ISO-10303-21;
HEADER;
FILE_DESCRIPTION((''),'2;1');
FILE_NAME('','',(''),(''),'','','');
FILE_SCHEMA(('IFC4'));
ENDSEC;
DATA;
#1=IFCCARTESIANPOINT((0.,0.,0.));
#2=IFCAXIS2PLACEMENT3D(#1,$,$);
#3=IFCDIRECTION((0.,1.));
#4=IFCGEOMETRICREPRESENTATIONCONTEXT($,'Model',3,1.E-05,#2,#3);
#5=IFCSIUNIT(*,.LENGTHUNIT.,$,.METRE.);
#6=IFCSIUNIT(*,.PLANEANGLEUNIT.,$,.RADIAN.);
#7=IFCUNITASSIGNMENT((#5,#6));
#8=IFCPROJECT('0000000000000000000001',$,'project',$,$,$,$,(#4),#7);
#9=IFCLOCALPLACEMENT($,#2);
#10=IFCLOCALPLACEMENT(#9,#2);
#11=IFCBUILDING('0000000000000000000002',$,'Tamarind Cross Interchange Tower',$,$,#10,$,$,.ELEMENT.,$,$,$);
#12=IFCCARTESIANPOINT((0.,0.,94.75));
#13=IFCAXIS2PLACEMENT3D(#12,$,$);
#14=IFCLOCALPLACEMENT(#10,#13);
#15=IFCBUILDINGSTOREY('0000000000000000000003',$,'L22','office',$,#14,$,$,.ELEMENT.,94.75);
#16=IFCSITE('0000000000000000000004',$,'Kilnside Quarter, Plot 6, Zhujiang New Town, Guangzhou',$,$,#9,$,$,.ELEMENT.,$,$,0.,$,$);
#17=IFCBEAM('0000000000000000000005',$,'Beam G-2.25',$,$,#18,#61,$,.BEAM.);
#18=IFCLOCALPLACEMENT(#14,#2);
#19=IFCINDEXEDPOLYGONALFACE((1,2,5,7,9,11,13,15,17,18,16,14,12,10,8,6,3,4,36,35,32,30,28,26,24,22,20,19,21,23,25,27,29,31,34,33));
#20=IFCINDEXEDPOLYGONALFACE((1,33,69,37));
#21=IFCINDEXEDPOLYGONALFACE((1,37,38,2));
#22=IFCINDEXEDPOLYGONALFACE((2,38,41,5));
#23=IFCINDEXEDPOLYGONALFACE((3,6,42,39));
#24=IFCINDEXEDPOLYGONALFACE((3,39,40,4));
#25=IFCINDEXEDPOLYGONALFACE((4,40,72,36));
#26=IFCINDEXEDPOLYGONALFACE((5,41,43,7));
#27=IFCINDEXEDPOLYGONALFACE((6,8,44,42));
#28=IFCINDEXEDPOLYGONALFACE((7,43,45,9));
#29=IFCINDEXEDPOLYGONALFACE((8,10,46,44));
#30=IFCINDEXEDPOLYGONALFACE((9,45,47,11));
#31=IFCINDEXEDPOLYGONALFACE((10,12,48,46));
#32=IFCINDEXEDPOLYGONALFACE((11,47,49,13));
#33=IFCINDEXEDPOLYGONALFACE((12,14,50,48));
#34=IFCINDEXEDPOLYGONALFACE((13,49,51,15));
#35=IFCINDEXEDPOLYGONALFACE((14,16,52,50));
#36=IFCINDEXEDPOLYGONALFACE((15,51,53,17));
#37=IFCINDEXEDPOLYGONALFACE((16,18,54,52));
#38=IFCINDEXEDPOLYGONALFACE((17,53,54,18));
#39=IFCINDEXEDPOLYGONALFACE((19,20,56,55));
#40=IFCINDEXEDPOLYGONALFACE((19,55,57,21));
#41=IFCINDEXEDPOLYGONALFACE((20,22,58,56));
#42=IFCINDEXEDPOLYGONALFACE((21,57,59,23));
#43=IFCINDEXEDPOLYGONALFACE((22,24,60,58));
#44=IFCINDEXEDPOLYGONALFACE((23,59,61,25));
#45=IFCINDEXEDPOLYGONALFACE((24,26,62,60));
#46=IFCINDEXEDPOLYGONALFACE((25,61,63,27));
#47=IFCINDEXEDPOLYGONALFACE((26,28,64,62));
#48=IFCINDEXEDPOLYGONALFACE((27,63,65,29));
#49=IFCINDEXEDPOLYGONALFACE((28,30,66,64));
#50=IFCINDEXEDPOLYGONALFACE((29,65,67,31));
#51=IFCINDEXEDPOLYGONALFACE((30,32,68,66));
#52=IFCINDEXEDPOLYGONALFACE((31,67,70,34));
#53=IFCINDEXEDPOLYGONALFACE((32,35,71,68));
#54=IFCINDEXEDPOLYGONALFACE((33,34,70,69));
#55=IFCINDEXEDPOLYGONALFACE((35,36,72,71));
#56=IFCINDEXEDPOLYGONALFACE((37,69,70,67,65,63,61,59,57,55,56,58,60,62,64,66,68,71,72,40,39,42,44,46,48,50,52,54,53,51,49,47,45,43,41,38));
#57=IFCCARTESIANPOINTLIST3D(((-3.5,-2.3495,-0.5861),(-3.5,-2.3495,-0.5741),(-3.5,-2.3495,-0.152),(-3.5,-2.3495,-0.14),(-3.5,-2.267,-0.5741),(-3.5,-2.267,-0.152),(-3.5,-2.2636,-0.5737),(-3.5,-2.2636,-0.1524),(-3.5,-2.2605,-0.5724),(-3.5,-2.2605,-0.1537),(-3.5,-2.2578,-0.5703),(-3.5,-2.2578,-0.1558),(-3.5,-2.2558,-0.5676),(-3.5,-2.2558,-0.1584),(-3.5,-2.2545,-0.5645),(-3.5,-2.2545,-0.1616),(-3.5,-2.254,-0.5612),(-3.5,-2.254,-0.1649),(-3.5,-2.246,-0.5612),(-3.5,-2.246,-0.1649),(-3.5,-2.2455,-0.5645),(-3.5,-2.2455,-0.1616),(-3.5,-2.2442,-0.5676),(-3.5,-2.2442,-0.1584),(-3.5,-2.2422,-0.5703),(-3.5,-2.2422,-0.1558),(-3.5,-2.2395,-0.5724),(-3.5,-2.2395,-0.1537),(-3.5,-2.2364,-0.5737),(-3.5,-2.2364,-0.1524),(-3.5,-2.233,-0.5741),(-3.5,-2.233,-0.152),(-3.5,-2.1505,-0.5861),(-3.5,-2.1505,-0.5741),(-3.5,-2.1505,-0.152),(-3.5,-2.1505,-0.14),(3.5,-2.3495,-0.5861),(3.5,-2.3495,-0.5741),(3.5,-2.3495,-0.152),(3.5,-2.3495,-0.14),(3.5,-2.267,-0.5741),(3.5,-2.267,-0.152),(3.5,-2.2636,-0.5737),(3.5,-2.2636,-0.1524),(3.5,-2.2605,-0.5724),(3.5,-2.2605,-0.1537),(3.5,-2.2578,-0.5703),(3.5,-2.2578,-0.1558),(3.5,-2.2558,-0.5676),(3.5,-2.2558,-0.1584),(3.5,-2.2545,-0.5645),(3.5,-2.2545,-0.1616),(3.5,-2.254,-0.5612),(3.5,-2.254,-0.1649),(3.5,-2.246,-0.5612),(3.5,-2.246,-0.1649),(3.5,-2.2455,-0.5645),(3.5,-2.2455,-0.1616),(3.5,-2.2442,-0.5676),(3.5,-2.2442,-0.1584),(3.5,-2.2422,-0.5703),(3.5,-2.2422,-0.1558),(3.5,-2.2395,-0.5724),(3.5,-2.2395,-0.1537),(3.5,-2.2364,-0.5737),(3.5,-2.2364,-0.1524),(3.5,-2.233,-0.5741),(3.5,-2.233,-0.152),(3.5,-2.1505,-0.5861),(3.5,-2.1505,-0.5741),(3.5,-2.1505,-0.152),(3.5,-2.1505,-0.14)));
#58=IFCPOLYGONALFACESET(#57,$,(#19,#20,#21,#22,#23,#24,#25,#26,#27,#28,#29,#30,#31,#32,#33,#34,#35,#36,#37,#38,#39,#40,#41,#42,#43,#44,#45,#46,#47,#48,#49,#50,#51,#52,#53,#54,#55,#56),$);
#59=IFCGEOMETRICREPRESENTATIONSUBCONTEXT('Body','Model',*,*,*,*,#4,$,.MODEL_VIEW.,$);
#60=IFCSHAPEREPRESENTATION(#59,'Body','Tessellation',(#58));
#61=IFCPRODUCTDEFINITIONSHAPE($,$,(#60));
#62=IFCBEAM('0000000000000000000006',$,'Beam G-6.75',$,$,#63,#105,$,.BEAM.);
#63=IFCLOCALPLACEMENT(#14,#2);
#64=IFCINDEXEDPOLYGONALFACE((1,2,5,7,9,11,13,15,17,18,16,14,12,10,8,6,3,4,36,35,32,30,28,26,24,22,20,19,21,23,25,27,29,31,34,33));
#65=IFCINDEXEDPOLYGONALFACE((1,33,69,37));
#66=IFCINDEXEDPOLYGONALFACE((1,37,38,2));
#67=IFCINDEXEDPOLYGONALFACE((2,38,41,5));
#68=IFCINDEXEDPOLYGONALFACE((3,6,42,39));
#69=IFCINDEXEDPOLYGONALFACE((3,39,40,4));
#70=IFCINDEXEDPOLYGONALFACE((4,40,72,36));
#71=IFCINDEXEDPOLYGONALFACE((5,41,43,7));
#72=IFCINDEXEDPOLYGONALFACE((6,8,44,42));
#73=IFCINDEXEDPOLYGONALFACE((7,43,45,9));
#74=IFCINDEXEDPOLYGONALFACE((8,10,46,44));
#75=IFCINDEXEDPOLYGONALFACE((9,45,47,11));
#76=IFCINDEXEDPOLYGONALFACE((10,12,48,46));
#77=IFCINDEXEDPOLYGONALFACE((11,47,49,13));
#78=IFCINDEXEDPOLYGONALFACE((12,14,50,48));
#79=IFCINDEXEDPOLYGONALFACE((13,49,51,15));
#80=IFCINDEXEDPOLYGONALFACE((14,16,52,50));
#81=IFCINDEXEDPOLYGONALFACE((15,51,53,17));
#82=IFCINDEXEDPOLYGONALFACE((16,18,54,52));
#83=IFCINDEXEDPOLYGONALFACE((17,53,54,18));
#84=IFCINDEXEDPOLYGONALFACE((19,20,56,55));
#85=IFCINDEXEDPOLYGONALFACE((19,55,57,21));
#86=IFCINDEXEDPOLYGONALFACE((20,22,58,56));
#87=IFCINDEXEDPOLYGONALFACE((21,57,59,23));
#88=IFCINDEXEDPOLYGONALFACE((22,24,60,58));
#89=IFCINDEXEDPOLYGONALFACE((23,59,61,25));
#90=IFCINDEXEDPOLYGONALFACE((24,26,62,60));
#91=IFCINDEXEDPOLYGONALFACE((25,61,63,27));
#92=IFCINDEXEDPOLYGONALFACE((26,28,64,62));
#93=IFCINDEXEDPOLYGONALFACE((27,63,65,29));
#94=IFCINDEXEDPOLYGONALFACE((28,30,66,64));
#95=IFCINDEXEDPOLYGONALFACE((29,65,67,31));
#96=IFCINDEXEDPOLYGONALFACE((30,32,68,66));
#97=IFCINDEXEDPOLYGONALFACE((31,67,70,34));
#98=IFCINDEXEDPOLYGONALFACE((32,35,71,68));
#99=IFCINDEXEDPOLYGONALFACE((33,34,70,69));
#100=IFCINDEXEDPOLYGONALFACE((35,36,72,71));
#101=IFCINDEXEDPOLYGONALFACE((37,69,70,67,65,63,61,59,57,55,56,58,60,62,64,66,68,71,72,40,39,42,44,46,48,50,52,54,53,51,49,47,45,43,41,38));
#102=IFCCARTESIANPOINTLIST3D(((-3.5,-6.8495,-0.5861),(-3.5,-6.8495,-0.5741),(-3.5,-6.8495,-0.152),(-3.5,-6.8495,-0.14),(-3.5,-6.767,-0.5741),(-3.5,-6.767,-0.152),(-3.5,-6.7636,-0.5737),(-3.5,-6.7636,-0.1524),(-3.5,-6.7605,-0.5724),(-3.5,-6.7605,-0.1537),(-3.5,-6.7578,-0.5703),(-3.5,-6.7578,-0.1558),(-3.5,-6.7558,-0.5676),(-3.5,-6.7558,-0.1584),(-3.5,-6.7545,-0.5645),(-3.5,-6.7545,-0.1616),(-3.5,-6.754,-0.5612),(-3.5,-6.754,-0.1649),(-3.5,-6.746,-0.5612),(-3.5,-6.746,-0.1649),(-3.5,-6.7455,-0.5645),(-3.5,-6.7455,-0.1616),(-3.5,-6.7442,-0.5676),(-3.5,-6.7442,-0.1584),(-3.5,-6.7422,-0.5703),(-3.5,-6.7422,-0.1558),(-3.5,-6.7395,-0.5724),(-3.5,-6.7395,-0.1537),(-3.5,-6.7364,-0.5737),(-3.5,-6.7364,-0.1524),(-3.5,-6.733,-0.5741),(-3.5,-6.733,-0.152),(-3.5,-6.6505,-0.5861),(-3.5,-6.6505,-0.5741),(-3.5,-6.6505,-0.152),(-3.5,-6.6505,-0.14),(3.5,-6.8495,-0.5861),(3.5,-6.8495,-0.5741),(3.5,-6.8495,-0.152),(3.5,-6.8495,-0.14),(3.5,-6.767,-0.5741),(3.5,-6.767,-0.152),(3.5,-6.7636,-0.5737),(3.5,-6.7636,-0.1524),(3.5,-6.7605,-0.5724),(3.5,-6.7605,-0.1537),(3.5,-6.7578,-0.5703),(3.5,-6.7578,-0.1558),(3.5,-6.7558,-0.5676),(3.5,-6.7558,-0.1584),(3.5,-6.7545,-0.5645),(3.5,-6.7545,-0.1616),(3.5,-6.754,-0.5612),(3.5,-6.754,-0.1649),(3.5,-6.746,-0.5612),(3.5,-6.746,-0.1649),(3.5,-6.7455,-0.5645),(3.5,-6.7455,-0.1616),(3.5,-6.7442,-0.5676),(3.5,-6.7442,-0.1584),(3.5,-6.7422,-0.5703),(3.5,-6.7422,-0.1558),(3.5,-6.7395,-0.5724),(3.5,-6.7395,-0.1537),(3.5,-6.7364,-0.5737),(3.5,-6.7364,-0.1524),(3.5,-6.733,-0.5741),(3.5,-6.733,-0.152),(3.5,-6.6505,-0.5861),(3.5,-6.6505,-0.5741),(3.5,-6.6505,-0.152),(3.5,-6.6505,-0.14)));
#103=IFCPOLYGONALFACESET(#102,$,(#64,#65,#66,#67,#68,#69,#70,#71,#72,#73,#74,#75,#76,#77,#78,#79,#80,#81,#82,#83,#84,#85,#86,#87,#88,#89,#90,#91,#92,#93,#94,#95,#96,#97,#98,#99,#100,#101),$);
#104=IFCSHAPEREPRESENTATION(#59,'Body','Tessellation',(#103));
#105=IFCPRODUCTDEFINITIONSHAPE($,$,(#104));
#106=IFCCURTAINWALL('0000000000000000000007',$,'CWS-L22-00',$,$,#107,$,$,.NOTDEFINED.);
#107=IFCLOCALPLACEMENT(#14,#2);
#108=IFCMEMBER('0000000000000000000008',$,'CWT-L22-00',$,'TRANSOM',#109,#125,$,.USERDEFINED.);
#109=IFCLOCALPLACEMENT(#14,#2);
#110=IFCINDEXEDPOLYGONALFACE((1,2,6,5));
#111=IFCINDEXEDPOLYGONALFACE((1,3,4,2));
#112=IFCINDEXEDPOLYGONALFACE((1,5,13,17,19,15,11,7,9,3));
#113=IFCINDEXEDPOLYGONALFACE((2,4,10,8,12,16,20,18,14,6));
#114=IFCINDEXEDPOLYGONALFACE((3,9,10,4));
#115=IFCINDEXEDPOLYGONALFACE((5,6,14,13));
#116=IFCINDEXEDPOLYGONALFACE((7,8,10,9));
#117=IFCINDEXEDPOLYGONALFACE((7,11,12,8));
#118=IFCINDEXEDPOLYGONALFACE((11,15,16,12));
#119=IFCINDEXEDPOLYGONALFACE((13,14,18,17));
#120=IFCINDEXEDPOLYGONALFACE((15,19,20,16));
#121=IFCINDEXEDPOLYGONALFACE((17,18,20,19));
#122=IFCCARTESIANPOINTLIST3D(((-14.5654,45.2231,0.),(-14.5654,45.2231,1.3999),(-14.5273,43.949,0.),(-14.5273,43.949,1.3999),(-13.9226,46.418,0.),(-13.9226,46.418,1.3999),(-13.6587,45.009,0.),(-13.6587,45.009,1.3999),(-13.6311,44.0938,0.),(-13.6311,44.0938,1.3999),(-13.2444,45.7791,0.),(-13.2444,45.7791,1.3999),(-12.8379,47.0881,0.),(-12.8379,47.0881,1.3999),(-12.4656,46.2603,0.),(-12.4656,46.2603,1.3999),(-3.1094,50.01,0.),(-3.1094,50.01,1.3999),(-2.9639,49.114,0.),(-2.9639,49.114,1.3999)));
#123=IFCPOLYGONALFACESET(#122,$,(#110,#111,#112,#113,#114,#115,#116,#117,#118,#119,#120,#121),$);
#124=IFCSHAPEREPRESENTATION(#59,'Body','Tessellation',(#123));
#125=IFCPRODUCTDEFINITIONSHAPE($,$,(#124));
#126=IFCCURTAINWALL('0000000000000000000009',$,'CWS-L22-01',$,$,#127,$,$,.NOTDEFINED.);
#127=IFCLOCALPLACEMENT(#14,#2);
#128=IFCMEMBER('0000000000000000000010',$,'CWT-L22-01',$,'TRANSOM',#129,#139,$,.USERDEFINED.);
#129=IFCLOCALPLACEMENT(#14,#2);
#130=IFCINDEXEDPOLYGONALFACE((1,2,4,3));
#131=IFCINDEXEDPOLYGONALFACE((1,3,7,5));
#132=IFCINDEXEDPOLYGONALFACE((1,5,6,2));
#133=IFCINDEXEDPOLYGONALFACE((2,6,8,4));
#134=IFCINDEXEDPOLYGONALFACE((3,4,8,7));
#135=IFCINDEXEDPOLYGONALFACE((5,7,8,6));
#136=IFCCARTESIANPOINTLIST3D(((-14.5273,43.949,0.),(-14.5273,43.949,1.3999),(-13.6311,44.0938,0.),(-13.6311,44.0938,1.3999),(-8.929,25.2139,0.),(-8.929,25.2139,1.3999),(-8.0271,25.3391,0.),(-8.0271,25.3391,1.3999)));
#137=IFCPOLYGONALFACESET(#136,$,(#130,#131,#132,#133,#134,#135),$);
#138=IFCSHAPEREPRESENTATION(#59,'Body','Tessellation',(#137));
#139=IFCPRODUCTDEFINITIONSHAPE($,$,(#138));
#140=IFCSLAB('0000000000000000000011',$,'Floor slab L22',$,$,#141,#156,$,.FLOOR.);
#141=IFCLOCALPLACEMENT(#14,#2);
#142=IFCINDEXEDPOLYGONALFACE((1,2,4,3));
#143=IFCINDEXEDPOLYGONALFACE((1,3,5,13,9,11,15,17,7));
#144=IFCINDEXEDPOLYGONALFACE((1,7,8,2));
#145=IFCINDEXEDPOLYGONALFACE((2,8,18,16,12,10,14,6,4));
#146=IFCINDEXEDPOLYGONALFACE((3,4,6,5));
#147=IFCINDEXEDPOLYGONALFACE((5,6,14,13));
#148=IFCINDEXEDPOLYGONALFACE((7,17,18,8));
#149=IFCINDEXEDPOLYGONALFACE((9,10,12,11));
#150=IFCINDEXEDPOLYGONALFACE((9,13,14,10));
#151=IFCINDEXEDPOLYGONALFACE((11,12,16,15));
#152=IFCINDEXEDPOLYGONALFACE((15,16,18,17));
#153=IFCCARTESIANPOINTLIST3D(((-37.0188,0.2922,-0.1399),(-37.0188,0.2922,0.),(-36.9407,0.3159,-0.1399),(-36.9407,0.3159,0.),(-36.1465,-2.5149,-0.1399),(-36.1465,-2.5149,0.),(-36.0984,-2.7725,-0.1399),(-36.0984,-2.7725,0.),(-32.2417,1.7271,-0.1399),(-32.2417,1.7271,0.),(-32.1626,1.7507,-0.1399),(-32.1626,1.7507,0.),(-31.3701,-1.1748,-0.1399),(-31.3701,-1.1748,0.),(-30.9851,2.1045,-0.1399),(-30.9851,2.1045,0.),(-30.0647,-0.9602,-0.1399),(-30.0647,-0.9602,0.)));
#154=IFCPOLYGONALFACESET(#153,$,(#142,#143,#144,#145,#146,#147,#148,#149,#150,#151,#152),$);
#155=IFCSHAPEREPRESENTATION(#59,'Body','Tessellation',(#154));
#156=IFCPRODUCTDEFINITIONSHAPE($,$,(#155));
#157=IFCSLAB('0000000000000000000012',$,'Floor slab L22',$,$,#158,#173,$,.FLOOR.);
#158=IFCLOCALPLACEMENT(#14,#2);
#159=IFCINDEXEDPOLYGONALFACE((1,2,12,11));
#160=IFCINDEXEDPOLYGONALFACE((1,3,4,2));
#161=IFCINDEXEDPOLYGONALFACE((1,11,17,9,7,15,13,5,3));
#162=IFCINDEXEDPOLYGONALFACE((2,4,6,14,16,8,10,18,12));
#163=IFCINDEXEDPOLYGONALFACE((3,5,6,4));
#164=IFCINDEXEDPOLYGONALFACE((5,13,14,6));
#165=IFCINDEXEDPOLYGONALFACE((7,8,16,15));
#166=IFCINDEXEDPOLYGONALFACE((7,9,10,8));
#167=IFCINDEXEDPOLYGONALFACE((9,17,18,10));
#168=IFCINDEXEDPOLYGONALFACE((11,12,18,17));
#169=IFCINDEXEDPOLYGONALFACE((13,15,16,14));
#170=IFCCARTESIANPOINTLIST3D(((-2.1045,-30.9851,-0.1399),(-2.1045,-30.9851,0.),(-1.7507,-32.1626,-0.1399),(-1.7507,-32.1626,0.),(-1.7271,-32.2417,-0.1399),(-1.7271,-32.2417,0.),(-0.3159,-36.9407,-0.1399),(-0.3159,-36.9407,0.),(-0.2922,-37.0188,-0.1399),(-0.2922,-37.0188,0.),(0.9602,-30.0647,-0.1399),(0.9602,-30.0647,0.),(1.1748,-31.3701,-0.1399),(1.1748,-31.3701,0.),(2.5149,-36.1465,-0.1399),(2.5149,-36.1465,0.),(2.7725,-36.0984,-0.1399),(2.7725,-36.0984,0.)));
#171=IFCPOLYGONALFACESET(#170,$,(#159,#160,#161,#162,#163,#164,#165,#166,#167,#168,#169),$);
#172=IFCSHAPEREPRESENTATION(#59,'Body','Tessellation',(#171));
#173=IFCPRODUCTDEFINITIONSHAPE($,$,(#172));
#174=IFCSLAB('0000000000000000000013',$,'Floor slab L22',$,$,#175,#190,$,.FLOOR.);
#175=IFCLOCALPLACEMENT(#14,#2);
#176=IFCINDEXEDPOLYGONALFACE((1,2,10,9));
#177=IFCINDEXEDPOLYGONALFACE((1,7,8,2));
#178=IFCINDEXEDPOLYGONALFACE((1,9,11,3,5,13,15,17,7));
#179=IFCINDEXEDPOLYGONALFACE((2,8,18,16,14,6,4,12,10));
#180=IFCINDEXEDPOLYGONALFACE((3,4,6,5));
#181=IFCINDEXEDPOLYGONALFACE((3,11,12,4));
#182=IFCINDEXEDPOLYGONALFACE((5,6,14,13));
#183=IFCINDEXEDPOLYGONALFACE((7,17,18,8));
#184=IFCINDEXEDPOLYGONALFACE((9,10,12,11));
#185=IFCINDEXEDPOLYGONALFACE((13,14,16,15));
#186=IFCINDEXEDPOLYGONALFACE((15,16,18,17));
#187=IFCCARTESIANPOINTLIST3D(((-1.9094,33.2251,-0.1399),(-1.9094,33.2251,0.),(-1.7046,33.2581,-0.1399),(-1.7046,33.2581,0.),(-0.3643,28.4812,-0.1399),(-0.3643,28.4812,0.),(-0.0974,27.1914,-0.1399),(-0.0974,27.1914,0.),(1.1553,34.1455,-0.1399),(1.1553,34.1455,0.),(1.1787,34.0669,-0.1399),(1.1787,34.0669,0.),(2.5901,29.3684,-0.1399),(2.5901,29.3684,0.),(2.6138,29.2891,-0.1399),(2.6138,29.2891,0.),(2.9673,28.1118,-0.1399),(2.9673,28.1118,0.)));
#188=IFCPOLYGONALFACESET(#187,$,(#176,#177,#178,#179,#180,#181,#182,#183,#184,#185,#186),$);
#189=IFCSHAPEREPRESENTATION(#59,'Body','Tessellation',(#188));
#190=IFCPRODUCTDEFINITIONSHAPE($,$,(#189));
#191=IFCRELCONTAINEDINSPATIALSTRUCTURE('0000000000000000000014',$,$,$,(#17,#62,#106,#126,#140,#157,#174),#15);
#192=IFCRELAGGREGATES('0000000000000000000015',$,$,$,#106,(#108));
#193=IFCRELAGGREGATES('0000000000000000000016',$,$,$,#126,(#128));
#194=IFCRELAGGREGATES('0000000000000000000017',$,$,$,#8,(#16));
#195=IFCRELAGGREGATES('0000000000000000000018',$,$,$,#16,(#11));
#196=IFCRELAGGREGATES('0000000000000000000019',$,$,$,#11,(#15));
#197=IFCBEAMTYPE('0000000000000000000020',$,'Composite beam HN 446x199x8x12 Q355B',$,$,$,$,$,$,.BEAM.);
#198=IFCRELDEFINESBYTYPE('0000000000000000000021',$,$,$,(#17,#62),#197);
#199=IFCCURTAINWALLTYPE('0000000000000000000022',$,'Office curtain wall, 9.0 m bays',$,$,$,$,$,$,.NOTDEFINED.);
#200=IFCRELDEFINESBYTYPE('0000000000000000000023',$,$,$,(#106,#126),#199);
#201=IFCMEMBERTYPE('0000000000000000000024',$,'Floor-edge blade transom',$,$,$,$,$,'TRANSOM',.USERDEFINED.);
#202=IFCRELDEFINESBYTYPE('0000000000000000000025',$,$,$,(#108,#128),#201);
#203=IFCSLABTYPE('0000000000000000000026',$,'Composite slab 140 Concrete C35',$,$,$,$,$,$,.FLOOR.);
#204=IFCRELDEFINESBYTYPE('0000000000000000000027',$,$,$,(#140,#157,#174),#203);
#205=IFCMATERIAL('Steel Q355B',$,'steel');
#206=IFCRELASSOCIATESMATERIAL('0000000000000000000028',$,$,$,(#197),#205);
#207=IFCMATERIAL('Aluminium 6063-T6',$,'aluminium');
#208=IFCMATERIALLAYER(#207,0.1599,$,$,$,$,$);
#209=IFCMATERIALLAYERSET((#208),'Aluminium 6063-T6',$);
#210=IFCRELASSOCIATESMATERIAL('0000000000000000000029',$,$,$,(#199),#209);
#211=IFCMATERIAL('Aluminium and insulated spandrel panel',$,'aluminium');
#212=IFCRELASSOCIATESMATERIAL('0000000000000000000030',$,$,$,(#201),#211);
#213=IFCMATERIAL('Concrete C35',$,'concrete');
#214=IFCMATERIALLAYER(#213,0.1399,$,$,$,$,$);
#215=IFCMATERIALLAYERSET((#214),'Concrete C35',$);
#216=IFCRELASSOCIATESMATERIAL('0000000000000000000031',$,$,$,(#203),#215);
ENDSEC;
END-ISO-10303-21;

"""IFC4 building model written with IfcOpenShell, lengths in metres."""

from ifc_helpers import new_model, si_unit, direction, frame, origin, origin_2d, place, context, subcontext, project, spatial, polyline, i_section, outline, extrude, material, layer, layer_set, material_profile, profile_set, type_object, element, aggregate, save


model = new_model("IFC4")

# Units and contexts
model_context = context("Model", 3, precision=1e-05, world=origin(), true_north=direction((0.0, 1.0)))
body_context = subcontext(model_context, "Body", "Model", "MODEL_VIEW")
ifc_project = project(units=[si_unit("LENGTHUNIT", "METRE"), si_unit("PLANEANGLEUNIT", "RADIAN")], contexts=[model_context])

# Site, building, storey
site_placement = place(None, origin())
site = spatial("IfcSite", under=ifc_project, at=site_placement, Name="Kilnside Quarter, Plot 6, Zhujiang New Town, Guangzhou", CompositionType="ELEMENT", RefElevation=0.0)
building_placement = place(site_placement, origin())
building = spatial("IfcBuilding", under=site, at=building_placement, Name="Tamarind Cross Interchange Tower", CompositionType="ELEMENT")
storey_placement = place(building_placement, frame((0.0, 0.0, 94.75)))
storey = spatial("IfcBuildingStorey", under=building, at=storey_placement, Name="L22", Description="office", CompositionType="ELEMENT", Elevation=94.75)

# Beams
ifc_material_1 = material(Name="Steel Q355B", Category="steel")
ifc_material_profile = material_profile(ifc_material_1, i_section(OverallWidth=0.199, OverallDepth=0.446, WebThickness=0.0081, FlangeThickness=0.012, FilletRadius=0.0129, at=origin_2d()), Name="HN 446x199x8x12")
ifc_profile_set = profile_set([ifc_material_profile], Name="Steel Q355B")
beam_type = type_object("IfcBeamType", Name="Composite beam HN 446x199x8x12 Q355B", PredefinedType="BEAM", material=ifc_profile_set)
for number, where, z_axis, x_axis, name in (
    (1, (-3.5, -2.25, -0.363), (1.0, 0.0, 0.0), (0.0, 1.0, 0.0), "Beam G-2.25"),
    (2, (-3.5, -6.75, -0.363), (1.0, 0.0, 0.0), (0.0, 1.0, 0.0), "Beam G-6.75"),
):
    element("IfcBeam", number, at=place(storey_placement, frame(where, z_axis=z_axis, x_axis=x_axis)), inside=storey, type_object=beam_type, Name=name, PredefinedType="BEAM", context=body_context, shape_type="SweptSolid", body=[
        extrude(i_section(OverallWidth=0.199, OverallDepth=0.446, WebThickness=0.0081, FlangeThickness=0.012, FilletRadius=0.0129, at=origin_2d()), origin(), (0.0, 0.0, 1.0), 7.0),
    ])

# Curtain walls, members
ifc_material_2 = material(Name="Aluminium 6063-T6", Category="aluminium")
ifc_layer_1 = layer(ifc_material_2, 0.1599)
ifc_layer_set_1 = layer_set([ifc_layer_1], Name="Aluminium 6063-T6")
curtain_wall_type = type_object("IfcCurtainWallType", Name="Office curtain wall, 9.0 m bays", PredefinedType="NOTDEFINED", material=ifc_layer_set_1)
curtain_wall_1_placement = place(storey_placement, origin())
curtain_wall_1 = element("IfcCurtainWall", 3, at=curtain_wall_1_placement, inside=storey, type_object=curtain_wall_type, Name="CWS-L22-00", PredefinedType="NOTDEFINED")
ifc_material_3 = material(Name="Aluminium and insulated spandrel panel", Category="aluminium")
member_type = type_object("IfcMemberType", Name="Floor-edge blade transom", ElementType="TRANSOM", PredefinedType="USERDEFINED", material=ifc_material_3)
member_1_placement = place(storey_placement, origin())
member_1 = element("IfcMember", 4, at=member_1_placement, type_object=member_type, Name="CWT-L22-00", ObjectType="TRANSOM", PredefinedType="USERDEFINED", context=body_context, shape_type="SweptSolid", body=[
    extrude(outline(polyline([(-2.9639, 49.114), (-12.4656, 46.2603), (-13.2444, 45.7791), (-13.6587, 45.009), (-13.6311, 44.0938), (-14.5273, 43.949), (-14.5654, 45.2231), (-13.9226, 46.418), (-12.8379, 47.0881), (-3.1094, 50.01), (-2.9639, 49.114)])), origin(), (0.0, 0.0, 1.0), 1.3999),
])
curtain_wall_2_placement = place(storey_placement, origin())
curtain_wall_2 = element("IfcCurtainWall", 5, at=curtain_wall_2_placement, inside=storey, type_object=curtain_wall_type, Name="CWS-L22-01", PredefinedType="NOTDEFINED")
member_2_placement = place(storey_placement, origin())
member_2 = element("IfcMember", 6, at=member_2_placement, type_object=member_type, Name="CWT-L22-01", ObjectType="TRANSOM", PredefinedType="USERDEFINED", context=body_context, shape_type="SweptSolid", body=[
    extrude(outline(polyline([(-13.6311, 44.0938), (-8.0271, 25.3391), (-8.929, 25.2139), (-14.5273, 43.949), (-13.6311, 44.0938)])), origin(), (0.0, 0.0, 1.0), 1.3999),
])

# Slabs
ifc_material_4 = material(Name="Concrete C35", Category="concrete")
ifc_layer_2 = layer(ifc_material_4, 0.1399)
ifc_layer_set_2 = layer_set([ifc_layer_2], Name="Concrete C35")
slab_type = type_object("IfcSlabType", Name="Composite slab 140 Concrete C35", PredefinedType="FLOOR", material=ifc_layer_set_2)
slab_1_placement = place(storey_placement, frame((0.0, 0.0, -0.1399)))
element("IfcSlab", 7, at=slab_1_placement, inside=storey, type_object=slab_type, Name="Floor slab L22", PredefinedType="FLOOR", context=body_context, shape_type="SweptSolid", body=[
    extrude(outline(polyline([(-37.0188, 0.2922), (-36.0984, -2.7725), (-30.0647, -0.9602), (-30.9851, 2.1045), (-32.1626, 1.7507), (-32.2417, 1.7271), (-31.3701, -1.1748), (-36.1465, -2.5149), (-36.9407, 0.3159), (-37.0188, 0.2922)])), origin(), (0.0, 0.0, 1.0), 0.1399),
])
slab_2_placement = place(storey_placement, frame((0.0, 0.0, -0.1399)))
element("IfcSlab", 8, at=slab_2_placement, inside=storey, type_object=slab_type, Name="Floor slab L22", PredefinedType="FLOOR", context=body_context, shape_type="SweptSolid", body=[
    extrude(outline(polyline([(-0.2922, -37.0188), (2.7725, -36.0984), (0.9602, -30.0647), (-2.1045, -30.9851), (-1.7507, -32.1626), (-1.7271, -32.2417), (1.1748, -31.3701), (2.5149, -36.1465), (-0.3159, -36.9407), (-0.2922, -37.0188)])), origin(), (0.0, 0.0, 1.0), 0.1399),
])
slab_3_placement = place(storey_placement, frame((0.0, 0.0, -0.1399)))
element("IfcSlab", 9, at=slab_3_placement, inside=storey, type_object=slab_type, Name="Floor slab L22", PredefinedType="FLOOR", context=body_context, shape_type="SweptSolid", body=[
    extrude(outline(polyline([(1.1553, 34.1455), (-1.9094, 33.2251), (-0.0974, 27.1914), (2.9673, 28.1118), (2.6138, 29.2891), (2.5901, 29.3684), (-0.3643, 28.4812), (-1.7046, 33.2581), (1.1787, 34.0669), (1.1553, 34.1455)])), origin(), (0.0, 0.0, 1.0), 0.1399),
])

aggregate(curtain_wall_1, [member_1])
aggregate(curtain_wall_2, [member_2])

save(model, "model.ifc")
